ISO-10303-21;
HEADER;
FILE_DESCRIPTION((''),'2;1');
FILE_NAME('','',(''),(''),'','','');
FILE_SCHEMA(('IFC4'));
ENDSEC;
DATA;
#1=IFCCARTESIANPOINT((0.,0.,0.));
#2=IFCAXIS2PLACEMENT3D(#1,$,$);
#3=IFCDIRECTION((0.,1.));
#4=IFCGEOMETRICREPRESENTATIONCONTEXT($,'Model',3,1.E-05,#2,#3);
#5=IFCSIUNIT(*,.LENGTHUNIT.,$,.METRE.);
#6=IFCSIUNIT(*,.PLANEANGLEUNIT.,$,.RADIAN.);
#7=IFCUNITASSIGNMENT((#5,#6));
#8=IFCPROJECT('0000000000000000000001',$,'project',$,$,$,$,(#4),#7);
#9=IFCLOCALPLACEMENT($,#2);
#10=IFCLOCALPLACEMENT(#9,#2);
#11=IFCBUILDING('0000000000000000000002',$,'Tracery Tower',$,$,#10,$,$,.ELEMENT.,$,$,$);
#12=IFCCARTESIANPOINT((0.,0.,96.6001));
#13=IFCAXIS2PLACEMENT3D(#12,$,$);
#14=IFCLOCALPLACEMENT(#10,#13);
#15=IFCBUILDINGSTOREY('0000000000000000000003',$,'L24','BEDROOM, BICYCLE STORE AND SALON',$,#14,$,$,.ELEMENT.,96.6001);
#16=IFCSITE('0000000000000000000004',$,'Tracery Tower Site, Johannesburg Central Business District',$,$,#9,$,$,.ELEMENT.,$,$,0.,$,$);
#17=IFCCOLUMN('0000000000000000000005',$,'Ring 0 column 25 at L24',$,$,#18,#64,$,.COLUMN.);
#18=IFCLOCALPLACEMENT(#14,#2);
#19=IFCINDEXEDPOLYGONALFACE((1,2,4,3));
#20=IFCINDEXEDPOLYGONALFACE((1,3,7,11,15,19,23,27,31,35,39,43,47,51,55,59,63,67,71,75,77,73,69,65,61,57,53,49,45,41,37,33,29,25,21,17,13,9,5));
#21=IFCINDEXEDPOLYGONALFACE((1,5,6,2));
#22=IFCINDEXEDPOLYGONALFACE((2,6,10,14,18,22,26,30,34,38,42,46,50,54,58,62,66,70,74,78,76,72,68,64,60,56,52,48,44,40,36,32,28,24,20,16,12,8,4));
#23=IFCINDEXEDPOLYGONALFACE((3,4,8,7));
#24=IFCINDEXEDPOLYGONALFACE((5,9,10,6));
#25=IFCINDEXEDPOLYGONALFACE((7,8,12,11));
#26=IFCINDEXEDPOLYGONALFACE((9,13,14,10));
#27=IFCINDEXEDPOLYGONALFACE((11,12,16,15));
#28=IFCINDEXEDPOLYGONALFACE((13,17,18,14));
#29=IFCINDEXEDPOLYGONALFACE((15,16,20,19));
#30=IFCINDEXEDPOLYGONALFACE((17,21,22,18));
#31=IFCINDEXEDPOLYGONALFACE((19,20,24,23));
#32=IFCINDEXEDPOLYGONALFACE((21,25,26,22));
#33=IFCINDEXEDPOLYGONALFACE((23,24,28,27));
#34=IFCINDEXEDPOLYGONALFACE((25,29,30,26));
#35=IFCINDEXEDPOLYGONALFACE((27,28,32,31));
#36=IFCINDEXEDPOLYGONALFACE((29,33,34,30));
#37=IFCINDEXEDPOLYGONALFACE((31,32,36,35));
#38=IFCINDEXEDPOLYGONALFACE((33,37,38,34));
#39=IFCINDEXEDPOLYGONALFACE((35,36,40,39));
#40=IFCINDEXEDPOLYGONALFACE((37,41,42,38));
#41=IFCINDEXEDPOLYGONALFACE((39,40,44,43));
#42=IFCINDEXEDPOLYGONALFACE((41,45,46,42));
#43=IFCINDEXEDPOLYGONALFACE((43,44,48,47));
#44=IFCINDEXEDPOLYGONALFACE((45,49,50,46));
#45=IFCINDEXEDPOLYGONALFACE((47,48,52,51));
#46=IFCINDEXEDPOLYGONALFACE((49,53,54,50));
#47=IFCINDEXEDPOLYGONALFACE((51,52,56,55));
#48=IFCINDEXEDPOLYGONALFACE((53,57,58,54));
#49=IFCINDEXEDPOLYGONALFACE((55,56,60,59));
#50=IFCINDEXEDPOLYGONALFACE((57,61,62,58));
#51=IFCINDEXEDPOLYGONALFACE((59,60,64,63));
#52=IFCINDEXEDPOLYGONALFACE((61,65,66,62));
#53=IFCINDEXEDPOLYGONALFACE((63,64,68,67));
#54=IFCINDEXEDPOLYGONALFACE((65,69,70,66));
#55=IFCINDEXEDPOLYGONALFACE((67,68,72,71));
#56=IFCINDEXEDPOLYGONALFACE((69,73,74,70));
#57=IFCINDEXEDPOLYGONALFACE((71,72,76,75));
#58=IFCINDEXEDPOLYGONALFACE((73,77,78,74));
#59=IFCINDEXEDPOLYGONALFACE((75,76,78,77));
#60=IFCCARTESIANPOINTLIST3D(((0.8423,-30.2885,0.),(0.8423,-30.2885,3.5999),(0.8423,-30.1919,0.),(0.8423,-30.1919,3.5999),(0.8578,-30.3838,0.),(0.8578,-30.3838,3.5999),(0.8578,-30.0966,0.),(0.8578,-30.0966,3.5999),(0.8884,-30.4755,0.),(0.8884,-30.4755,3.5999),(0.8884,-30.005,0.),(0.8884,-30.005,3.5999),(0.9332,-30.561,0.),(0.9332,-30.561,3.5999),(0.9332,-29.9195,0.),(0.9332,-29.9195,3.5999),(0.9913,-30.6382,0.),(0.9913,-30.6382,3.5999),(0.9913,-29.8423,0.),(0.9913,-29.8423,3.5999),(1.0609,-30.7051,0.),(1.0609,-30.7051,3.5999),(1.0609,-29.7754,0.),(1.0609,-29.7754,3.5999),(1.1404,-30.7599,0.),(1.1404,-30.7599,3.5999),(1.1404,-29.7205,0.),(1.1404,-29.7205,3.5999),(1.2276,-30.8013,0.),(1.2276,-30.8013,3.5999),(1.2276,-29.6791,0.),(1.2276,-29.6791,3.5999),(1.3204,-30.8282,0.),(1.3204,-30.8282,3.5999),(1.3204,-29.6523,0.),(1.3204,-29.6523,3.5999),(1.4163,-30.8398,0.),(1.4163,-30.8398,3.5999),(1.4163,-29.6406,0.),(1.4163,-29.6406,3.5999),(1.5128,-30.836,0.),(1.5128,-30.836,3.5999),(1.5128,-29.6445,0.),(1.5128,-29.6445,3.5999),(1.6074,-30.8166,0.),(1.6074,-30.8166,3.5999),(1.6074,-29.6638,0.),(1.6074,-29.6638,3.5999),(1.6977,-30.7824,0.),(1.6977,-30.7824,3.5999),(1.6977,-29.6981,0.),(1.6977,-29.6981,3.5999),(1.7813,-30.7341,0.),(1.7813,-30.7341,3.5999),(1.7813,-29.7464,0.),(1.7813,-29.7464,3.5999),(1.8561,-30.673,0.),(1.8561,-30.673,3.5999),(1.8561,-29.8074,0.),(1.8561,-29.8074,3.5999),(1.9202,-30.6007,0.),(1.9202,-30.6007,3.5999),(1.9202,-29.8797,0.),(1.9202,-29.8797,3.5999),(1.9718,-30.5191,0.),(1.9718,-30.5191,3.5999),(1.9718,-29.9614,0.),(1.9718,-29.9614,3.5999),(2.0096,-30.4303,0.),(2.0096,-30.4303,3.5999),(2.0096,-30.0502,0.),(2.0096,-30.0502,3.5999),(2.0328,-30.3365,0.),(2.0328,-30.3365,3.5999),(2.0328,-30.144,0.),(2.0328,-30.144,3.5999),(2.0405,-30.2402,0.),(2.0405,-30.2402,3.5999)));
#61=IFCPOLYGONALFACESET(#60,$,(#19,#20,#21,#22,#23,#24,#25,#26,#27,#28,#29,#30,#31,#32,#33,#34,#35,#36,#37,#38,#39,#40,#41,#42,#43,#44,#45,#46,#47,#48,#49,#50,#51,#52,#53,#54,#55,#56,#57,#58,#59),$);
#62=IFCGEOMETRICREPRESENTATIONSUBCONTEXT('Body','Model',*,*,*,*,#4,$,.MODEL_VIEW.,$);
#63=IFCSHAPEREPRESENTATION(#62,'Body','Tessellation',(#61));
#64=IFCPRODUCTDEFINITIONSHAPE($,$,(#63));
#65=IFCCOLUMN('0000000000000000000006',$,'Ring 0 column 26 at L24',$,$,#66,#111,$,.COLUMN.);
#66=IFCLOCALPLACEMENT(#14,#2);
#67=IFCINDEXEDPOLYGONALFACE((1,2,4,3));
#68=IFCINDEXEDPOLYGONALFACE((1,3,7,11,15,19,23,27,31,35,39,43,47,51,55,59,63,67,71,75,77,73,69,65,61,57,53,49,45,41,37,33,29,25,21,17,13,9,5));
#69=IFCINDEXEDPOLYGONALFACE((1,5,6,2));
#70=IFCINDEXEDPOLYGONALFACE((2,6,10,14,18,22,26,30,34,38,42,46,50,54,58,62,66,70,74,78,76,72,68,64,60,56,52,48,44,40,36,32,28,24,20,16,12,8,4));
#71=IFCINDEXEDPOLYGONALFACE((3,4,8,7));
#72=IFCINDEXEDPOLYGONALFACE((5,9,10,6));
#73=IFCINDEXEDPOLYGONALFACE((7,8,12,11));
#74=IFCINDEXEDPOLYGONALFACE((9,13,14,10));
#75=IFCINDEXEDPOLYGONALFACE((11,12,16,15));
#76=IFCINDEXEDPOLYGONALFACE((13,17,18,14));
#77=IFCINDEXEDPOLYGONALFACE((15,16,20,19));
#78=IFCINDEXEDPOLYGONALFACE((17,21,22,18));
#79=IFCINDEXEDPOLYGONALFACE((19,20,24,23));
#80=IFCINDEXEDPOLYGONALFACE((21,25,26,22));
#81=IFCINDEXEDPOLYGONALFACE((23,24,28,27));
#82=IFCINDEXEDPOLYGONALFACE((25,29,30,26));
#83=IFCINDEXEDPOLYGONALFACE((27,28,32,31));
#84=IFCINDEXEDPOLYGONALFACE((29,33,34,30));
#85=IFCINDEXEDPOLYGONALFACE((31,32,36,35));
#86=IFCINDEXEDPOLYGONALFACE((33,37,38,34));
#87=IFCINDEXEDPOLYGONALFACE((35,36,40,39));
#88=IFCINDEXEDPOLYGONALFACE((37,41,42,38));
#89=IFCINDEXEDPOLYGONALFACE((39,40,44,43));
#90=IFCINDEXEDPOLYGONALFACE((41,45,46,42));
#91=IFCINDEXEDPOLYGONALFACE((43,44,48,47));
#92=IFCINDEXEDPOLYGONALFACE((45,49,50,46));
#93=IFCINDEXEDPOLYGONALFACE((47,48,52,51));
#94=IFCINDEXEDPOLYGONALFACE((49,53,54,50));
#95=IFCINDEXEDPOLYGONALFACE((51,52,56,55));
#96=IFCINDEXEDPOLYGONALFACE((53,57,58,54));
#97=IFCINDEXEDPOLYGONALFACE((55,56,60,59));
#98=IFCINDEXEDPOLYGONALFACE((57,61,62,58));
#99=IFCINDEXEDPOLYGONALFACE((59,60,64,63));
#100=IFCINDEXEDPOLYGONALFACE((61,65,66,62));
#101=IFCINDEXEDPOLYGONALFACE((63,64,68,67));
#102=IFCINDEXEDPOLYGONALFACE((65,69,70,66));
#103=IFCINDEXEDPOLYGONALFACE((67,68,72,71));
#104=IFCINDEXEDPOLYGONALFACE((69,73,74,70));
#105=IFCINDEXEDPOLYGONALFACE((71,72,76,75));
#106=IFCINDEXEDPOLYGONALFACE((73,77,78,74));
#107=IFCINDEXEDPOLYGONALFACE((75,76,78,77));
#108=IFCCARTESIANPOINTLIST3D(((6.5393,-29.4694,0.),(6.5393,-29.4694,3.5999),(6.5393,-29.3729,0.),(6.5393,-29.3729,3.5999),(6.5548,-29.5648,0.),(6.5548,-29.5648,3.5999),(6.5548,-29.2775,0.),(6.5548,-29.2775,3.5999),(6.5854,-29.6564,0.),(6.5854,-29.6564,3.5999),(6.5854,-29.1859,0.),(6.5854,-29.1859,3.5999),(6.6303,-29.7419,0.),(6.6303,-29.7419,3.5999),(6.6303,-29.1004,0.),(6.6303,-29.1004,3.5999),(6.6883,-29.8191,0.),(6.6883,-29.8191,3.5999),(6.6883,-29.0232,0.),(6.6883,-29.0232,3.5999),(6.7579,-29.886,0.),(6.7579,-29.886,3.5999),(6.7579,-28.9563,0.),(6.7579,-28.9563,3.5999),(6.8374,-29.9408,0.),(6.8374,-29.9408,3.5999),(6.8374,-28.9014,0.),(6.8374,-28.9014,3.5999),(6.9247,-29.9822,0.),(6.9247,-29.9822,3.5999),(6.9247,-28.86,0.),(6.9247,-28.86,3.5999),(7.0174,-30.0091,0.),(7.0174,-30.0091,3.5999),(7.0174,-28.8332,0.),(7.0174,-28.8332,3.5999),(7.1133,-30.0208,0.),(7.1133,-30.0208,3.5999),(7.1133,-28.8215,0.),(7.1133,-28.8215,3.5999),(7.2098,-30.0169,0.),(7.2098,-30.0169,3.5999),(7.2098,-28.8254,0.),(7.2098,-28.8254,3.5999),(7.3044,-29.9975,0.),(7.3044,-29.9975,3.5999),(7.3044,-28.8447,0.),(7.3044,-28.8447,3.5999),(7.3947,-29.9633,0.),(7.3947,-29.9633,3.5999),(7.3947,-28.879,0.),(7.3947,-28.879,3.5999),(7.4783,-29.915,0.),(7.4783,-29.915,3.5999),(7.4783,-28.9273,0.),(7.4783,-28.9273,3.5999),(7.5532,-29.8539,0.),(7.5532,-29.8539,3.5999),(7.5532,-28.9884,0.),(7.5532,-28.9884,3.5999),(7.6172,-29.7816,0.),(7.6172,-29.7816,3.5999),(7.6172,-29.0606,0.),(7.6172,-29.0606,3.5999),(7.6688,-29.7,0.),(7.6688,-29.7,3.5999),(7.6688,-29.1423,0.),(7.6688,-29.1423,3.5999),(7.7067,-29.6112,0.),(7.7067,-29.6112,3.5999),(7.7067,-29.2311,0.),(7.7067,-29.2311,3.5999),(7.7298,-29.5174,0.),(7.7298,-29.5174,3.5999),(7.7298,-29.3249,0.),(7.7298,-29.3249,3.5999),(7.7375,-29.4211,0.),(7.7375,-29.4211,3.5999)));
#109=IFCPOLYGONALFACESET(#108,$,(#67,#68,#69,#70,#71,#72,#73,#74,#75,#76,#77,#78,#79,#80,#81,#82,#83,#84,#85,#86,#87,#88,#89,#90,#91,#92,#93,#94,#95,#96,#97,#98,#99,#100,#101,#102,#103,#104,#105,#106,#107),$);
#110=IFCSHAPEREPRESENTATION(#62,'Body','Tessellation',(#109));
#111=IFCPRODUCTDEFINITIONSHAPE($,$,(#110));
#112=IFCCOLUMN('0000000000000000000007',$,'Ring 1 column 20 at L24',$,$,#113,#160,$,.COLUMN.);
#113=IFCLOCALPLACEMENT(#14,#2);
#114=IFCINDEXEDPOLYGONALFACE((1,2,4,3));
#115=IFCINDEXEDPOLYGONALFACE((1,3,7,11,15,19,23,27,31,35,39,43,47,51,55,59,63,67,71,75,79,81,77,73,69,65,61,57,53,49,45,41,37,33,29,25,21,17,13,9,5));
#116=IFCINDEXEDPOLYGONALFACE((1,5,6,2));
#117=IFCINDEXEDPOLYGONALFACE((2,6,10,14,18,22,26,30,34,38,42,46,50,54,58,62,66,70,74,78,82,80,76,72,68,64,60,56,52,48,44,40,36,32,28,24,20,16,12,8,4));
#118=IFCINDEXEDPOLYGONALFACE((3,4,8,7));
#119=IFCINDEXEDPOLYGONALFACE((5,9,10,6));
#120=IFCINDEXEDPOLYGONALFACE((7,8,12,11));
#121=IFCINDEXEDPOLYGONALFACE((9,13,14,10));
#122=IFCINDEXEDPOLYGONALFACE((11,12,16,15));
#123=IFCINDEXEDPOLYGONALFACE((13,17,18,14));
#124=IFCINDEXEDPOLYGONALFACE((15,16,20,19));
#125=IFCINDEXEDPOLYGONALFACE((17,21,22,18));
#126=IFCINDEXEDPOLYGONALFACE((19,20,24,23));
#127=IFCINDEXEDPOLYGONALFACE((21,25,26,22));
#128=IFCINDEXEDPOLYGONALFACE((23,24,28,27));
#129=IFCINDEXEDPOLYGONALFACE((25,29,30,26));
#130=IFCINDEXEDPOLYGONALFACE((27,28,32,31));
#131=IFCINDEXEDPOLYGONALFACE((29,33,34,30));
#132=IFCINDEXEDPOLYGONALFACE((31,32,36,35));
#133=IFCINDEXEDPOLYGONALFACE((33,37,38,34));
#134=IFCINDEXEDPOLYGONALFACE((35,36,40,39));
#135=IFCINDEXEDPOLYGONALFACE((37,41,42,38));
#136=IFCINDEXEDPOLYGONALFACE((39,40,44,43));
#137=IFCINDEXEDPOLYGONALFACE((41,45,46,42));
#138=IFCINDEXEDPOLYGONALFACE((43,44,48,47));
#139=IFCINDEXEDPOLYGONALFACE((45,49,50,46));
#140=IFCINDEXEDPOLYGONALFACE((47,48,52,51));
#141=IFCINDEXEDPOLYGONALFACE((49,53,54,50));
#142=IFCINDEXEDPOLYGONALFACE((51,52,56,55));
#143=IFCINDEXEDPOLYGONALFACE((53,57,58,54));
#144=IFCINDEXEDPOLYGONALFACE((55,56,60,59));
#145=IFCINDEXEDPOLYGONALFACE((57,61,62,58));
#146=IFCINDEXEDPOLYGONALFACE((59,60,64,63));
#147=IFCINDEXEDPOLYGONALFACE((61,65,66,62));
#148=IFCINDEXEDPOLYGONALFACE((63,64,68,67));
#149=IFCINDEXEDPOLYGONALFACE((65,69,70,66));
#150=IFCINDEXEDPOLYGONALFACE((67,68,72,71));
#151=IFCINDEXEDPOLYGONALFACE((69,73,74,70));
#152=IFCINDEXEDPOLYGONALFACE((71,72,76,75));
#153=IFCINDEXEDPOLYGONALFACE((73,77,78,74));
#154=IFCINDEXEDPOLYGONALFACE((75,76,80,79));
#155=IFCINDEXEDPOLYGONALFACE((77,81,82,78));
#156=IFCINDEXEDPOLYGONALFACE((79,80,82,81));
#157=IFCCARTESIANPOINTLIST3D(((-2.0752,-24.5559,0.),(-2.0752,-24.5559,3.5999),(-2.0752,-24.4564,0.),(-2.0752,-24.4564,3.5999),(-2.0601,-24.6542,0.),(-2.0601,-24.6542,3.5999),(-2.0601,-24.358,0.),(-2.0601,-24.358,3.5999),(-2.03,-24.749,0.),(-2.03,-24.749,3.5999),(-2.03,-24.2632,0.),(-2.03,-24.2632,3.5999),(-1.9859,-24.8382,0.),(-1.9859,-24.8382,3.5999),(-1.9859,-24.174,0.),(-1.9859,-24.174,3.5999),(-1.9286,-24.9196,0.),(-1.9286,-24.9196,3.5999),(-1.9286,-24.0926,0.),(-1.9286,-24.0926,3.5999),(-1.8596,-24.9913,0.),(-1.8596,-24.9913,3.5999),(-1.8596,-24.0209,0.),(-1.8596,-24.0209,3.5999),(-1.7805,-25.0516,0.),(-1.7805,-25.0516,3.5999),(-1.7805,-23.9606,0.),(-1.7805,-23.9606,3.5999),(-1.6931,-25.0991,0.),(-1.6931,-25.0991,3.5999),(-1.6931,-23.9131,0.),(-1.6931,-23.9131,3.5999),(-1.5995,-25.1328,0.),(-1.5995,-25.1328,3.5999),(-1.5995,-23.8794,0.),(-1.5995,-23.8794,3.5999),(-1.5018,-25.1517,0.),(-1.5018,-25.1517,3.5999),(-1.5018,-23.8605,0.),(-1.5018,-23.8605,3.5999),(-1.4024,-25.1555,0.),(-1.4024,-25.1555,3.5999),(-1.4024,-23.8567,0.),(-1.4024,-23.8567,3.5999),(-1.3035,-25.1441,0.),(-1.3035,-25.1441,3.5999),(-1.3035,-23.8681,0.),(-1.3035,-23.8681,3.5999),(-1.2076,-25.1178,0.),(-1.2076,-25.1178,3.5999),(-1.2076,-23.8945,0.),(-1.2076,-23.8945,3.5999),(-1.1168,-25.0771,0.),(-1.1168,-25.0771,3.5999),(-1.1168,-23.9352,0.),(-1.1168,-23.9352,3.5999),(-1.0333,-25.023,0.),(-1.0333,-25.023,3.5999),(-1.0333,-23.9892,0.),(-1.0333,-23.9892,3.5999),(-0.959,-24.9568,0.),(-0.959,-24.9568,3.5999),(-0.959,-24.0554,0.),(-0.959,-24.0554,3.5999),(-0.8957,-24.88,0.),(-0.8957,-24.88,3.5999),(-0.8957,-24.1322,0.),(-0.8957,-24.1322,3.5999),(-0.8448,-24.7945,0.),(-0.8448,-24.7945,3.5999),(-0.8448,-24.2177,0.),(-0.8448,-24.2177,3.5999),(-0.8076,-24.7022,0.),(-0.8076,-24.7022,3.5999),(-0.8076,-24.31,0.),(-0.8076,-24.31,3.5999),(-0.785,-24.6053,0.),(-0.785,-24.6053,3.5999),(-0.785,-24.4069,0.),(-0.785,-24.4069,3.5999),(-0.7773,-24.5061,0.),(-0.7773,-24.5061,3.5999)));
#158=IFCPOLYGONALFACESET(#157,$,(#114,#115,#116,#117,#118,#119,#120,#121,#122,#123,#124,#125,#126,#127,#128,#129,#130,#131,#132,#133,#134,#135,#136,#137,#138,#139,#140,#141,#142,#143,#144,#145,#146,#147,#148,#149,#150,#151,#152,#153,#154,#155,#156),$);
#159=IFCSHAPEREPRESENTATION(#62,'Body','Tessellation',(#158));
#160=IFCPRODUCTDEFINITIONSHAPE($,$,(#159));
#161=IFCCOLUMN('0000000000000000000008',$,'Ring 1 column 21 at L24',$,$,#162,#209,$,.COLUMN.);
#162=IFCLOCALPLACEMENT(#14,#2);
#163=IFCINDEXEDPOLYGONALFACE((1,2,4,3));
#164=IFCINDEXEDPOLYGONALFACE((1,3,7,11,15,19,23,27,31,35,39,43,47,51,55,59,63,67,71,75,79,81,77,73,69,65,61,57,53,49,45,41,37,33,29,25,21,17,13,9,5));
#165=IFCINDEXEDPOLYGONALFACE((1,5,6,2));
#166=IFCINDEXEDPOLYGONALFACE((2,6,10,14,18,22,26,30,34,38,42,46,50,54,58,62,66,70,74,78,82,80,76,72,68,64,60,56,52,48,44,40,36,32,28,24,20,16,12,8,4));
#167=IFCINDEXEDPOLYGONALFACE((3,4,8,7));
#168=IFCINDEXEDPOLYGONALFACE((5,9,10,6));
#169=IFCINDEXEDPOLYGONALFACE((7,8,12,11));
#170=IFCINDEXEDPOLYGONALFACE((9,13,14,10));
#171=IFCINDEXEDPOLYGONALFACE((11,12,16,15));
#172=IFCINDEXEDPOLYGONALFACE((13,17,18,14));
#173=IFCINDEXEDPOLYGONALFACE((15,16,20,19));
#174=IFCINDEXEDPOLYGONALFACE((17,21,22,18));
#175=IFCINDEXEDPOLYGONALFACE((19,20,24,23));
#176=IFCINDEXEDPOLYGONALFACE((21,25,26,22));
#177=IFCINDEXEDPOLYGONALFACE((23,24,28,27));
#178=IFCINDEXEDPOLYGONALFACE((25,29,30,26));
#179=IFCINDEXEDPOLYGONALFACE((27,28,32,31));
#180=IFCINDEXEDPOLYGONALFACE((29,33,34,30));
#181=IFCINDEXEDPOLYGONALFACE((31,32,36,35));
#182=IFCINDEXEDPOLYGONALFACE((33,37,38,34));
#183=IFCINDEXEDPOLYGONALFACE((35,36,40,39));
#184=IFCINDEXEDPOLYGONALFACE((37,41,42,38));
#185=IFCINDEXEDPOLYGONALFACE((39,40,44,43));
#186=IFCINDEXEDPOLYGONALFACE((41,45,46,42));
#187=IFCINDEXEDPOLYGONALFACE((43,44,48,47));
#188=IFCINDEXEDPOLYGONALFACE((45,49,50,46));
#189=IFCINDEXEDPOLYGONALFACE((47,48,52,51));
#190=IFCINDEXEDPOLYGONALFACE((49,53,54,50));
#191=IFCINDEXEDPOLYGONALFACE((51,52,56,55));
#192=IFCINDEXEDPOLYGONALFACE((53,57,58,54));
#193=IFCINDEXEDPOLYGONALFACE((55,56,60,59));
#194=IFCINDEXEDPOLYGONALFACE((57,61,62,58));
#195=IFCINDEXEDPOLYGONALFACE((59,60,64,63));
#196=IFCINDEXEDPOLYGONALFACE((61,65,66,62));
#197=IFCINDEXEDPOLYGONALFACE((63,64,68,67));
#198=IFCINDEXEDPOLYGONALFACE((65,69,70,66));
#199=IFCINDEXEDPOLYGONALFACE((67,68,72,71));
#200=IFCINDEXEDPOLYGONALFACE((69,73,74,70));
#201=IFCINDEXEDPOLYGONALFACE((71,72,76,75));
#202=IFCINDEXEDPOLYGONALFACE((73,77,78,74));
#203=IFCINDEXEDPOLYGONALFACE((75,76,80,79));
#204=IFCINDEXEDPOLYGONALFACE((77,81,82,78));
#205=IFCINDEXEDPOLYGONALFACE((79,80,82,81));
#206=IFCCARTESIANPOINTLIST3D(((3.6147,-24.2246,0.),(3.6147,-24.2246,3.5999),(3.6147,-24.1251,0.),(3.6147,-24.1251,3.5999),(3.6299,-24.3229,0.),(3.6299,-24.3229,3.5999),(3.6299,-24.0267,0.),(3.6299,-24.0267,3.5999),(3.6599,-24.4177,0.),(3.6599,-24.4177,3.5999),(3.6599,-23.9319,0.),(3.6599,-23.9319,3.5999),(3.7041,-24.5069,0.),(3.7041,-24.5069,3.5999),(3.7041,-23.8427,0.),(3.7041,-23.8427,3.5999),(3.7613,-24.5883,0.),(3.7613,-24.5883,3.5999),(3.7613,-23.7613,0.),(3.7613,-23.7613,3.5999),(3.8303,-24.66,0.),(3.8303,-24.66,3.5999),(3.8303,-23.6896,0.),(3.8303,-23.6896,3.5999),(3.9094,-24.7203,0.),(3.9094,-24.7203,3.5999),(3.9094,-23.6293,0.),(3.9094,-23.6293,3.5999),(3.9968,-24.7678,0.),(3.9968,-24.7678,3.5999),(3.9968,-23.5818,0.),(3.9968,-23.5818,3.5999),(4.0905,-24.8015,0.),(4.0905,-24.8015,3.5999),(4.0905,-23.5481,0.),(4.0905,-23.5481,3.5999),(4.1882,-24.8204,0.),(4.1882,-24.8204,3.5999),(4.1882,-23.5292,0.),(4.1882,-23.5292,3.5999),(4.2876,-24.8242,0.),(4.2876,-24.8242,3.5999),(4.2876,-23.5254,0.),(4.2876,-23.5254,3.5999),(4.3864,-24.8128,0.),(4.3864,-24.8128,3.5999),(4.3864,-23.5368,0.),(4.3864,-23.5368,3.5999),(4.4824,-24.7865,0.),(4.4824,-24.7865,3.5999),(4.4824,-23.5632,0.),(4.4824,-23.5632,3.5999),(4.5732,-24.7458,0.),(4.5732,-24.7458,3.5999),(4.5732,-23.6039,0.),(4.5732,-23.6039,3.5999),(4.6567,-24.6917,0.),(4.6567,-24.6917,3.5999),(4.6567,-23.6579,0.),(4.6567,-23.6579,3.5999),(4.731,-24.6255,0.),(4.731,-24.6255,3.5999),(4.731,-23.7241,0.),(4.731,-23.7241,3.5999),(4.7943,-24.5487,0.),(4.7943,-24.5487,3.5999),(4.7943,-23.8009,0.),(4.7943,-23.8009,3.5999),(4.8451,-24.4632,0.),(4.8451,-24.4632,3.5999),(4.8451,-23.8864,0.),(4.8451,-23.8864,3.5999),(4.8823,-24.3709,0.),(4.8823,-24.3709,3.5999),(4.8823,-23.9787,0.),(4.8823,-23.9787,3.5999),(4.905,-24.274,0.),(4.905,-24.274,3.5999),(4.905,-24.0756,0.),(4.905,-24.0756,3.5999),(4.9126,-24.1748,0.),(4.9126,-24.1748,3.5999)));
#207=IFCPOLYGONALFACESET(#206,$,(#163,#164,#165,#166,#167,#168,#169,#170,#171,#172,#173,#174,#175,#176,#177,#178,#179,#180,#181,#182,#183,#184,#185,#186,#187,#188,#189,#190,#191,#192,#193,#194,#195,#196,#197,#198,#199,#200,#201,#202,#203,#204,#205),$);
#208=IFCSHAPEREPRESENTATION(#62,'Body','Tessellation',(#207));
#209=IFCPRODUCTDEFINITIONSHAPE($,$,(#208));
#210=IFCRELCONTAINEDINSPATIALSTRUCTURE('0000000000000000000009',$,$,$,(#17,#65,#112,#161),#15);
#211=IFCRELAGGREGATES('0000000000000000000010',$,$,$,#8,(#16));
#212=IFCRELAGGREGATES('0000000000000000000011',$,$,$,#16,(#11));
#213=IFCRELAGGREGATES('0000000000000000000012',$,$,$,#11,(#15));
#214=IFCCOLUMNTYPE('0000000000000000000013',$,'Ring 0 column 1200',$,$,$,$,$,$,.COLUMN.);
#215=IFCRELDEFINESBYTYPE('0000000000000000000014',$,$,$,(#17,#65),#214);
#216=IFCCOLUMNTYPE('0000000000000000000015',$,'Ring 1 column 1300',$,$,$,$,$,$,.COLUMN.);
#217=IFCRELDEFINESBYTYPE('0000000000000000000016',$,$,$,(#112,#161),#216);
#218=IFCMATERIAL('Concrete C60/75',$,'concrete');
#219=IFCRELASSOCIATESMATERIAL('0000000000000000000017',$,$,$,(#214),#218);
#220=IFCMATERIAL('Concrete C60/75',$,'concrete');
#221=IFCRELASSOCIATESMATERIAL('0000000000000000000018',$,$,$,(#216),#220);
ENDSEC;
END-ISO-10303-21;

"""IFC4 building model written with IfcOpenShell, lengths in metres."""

from ifc_helpers import new_model, si_unit, direction, frame, origin, origin_2d, place, context, subcontext, project, spatial, circle, extrude, material, material_profile, profile_set, type_object, element, save


model = new_model("IFC4")

# Units and contexts
model_context = context("Model", 3, precision=1e-05, world=origin(), true_north=direction((0.0, 1.0)))
body_context = subcontext(model_context, "Body", "Model", "MODEL_VIEW")
ifc_project = project(units=[si_unit("LENGTHUNIT", "METRE"), si_unit("PLANEANGLEUNIT", "RADIAN")], contexts=[model_context])

# Site, building, storey
site_placement = place(None, origin())
site = spatial("IfcSite", under=ifc_project, at=site_placement, Name="Tracery Tower Site, Johannesburg Central Business District", CompositionType="ELEMENT", RefElevation=0.0)
building_placement = place(site_placement, origin())
building = spatial("IfcBuilding", under=site, at=building_placement, Name="Tracery Tower", CompositionType="ELEMENT")
storey_placement = place(building_placement, frame((0.0, 0.0, 96.6001)))
storey = spatial("IfcBuildingStorey", under=building, at=storey_placement, Name="L24", Description="BEDROOM, BICYCLE STORE AND SALON", CompositionType="ELEMENT", Elevation=96.6001)

# Columns
ifc_material_1 = material(Name="Concrete C60/75", Category="concrete")
ifc_material_profile_1 = material_profile(ifc_material_1, circle(Radius=0.6001, at=origin_2d()), Name="RC D1200")
ifc_profile_set_1 = profile_set([ifc_material_profile_1], Name="Concrete C60/75")
column_type_1 = type_object("IfcColumnType", Name="Ring 0 column 1200", PredefinedType="COLUMN", material=ifc_profile_set_1)
for number, where, z_axis, x_axis, name in (
    (1, (1.4404, -30.2402, 0.0), (0.0, 0.0, 1.0), (1.0, 0.0, 0.0), "Ring 0 column 25 at L24"),
    (2, (7.1375, -29.4211, 0.0), (0.0, 0.0, 1.0), (1.0, 0.0, 0.0), "Ring 0 column 26 at L24"),
):
    element("IfcColumn", number, at=place(storey_placement, frame(where, z_axis=z_axis, x_axis=x_axis)), inside=storey, type_object=column_type_1, Name=name, PredefinedType="COLUMN", context=body_context, shape_type="SweptSolid", body=[
        extrude(circle(Radius=0.6001, at=origin_2d()), origin(), (0.0, 0.0, 1.0), 3.5999),
    ])
ifc_material_2 = material(Name="Concrete C60/75", Category="concrete")
ifc_material_profile_2 = material_profile(ifc_material_2, circle(Radius=0.6499, at=origin_2d()), Name="RC D1300")
ifc_profile_set_2 = profile_set([ifc_material_profile_2], Name="Concrete C60/75")
column_type_2 = type_object("IfcColumnType", Name="Ring 1 column 1300", PredefinedType="COLUMN", material=ifc_profile_set_2)
for number, where, z_axis, x_axis, name in (
    (3, (-1.4272, -24.5061, 0.0), (0.0, 0.0, 1.0), (1.0, 0.0, 0.0), "Ring 1 column 20 at L24"),
    (4, (4.2627, -24.1748, 0.0), (0.0, 0.0, 1.0), (1.0, 0.0, 0.0), "Ring 1 column 21 at L24"),
):
    element("IfcColumn", number, at=place(storey_placement, frame(where, z_axis=z_axis, x_axis=x_axis)), inside=storey, type_object=column_type_2, Name=name, PredefinedType="COLUMN", context=body_context, shape_type="SweptSolid", body=[
        extrude(circle(Radius=0.6499, at=origin_2d()), origin(), (0.0, 0.0, 1.0), 3.5999),
    ])

save(model, "model.ifc")
